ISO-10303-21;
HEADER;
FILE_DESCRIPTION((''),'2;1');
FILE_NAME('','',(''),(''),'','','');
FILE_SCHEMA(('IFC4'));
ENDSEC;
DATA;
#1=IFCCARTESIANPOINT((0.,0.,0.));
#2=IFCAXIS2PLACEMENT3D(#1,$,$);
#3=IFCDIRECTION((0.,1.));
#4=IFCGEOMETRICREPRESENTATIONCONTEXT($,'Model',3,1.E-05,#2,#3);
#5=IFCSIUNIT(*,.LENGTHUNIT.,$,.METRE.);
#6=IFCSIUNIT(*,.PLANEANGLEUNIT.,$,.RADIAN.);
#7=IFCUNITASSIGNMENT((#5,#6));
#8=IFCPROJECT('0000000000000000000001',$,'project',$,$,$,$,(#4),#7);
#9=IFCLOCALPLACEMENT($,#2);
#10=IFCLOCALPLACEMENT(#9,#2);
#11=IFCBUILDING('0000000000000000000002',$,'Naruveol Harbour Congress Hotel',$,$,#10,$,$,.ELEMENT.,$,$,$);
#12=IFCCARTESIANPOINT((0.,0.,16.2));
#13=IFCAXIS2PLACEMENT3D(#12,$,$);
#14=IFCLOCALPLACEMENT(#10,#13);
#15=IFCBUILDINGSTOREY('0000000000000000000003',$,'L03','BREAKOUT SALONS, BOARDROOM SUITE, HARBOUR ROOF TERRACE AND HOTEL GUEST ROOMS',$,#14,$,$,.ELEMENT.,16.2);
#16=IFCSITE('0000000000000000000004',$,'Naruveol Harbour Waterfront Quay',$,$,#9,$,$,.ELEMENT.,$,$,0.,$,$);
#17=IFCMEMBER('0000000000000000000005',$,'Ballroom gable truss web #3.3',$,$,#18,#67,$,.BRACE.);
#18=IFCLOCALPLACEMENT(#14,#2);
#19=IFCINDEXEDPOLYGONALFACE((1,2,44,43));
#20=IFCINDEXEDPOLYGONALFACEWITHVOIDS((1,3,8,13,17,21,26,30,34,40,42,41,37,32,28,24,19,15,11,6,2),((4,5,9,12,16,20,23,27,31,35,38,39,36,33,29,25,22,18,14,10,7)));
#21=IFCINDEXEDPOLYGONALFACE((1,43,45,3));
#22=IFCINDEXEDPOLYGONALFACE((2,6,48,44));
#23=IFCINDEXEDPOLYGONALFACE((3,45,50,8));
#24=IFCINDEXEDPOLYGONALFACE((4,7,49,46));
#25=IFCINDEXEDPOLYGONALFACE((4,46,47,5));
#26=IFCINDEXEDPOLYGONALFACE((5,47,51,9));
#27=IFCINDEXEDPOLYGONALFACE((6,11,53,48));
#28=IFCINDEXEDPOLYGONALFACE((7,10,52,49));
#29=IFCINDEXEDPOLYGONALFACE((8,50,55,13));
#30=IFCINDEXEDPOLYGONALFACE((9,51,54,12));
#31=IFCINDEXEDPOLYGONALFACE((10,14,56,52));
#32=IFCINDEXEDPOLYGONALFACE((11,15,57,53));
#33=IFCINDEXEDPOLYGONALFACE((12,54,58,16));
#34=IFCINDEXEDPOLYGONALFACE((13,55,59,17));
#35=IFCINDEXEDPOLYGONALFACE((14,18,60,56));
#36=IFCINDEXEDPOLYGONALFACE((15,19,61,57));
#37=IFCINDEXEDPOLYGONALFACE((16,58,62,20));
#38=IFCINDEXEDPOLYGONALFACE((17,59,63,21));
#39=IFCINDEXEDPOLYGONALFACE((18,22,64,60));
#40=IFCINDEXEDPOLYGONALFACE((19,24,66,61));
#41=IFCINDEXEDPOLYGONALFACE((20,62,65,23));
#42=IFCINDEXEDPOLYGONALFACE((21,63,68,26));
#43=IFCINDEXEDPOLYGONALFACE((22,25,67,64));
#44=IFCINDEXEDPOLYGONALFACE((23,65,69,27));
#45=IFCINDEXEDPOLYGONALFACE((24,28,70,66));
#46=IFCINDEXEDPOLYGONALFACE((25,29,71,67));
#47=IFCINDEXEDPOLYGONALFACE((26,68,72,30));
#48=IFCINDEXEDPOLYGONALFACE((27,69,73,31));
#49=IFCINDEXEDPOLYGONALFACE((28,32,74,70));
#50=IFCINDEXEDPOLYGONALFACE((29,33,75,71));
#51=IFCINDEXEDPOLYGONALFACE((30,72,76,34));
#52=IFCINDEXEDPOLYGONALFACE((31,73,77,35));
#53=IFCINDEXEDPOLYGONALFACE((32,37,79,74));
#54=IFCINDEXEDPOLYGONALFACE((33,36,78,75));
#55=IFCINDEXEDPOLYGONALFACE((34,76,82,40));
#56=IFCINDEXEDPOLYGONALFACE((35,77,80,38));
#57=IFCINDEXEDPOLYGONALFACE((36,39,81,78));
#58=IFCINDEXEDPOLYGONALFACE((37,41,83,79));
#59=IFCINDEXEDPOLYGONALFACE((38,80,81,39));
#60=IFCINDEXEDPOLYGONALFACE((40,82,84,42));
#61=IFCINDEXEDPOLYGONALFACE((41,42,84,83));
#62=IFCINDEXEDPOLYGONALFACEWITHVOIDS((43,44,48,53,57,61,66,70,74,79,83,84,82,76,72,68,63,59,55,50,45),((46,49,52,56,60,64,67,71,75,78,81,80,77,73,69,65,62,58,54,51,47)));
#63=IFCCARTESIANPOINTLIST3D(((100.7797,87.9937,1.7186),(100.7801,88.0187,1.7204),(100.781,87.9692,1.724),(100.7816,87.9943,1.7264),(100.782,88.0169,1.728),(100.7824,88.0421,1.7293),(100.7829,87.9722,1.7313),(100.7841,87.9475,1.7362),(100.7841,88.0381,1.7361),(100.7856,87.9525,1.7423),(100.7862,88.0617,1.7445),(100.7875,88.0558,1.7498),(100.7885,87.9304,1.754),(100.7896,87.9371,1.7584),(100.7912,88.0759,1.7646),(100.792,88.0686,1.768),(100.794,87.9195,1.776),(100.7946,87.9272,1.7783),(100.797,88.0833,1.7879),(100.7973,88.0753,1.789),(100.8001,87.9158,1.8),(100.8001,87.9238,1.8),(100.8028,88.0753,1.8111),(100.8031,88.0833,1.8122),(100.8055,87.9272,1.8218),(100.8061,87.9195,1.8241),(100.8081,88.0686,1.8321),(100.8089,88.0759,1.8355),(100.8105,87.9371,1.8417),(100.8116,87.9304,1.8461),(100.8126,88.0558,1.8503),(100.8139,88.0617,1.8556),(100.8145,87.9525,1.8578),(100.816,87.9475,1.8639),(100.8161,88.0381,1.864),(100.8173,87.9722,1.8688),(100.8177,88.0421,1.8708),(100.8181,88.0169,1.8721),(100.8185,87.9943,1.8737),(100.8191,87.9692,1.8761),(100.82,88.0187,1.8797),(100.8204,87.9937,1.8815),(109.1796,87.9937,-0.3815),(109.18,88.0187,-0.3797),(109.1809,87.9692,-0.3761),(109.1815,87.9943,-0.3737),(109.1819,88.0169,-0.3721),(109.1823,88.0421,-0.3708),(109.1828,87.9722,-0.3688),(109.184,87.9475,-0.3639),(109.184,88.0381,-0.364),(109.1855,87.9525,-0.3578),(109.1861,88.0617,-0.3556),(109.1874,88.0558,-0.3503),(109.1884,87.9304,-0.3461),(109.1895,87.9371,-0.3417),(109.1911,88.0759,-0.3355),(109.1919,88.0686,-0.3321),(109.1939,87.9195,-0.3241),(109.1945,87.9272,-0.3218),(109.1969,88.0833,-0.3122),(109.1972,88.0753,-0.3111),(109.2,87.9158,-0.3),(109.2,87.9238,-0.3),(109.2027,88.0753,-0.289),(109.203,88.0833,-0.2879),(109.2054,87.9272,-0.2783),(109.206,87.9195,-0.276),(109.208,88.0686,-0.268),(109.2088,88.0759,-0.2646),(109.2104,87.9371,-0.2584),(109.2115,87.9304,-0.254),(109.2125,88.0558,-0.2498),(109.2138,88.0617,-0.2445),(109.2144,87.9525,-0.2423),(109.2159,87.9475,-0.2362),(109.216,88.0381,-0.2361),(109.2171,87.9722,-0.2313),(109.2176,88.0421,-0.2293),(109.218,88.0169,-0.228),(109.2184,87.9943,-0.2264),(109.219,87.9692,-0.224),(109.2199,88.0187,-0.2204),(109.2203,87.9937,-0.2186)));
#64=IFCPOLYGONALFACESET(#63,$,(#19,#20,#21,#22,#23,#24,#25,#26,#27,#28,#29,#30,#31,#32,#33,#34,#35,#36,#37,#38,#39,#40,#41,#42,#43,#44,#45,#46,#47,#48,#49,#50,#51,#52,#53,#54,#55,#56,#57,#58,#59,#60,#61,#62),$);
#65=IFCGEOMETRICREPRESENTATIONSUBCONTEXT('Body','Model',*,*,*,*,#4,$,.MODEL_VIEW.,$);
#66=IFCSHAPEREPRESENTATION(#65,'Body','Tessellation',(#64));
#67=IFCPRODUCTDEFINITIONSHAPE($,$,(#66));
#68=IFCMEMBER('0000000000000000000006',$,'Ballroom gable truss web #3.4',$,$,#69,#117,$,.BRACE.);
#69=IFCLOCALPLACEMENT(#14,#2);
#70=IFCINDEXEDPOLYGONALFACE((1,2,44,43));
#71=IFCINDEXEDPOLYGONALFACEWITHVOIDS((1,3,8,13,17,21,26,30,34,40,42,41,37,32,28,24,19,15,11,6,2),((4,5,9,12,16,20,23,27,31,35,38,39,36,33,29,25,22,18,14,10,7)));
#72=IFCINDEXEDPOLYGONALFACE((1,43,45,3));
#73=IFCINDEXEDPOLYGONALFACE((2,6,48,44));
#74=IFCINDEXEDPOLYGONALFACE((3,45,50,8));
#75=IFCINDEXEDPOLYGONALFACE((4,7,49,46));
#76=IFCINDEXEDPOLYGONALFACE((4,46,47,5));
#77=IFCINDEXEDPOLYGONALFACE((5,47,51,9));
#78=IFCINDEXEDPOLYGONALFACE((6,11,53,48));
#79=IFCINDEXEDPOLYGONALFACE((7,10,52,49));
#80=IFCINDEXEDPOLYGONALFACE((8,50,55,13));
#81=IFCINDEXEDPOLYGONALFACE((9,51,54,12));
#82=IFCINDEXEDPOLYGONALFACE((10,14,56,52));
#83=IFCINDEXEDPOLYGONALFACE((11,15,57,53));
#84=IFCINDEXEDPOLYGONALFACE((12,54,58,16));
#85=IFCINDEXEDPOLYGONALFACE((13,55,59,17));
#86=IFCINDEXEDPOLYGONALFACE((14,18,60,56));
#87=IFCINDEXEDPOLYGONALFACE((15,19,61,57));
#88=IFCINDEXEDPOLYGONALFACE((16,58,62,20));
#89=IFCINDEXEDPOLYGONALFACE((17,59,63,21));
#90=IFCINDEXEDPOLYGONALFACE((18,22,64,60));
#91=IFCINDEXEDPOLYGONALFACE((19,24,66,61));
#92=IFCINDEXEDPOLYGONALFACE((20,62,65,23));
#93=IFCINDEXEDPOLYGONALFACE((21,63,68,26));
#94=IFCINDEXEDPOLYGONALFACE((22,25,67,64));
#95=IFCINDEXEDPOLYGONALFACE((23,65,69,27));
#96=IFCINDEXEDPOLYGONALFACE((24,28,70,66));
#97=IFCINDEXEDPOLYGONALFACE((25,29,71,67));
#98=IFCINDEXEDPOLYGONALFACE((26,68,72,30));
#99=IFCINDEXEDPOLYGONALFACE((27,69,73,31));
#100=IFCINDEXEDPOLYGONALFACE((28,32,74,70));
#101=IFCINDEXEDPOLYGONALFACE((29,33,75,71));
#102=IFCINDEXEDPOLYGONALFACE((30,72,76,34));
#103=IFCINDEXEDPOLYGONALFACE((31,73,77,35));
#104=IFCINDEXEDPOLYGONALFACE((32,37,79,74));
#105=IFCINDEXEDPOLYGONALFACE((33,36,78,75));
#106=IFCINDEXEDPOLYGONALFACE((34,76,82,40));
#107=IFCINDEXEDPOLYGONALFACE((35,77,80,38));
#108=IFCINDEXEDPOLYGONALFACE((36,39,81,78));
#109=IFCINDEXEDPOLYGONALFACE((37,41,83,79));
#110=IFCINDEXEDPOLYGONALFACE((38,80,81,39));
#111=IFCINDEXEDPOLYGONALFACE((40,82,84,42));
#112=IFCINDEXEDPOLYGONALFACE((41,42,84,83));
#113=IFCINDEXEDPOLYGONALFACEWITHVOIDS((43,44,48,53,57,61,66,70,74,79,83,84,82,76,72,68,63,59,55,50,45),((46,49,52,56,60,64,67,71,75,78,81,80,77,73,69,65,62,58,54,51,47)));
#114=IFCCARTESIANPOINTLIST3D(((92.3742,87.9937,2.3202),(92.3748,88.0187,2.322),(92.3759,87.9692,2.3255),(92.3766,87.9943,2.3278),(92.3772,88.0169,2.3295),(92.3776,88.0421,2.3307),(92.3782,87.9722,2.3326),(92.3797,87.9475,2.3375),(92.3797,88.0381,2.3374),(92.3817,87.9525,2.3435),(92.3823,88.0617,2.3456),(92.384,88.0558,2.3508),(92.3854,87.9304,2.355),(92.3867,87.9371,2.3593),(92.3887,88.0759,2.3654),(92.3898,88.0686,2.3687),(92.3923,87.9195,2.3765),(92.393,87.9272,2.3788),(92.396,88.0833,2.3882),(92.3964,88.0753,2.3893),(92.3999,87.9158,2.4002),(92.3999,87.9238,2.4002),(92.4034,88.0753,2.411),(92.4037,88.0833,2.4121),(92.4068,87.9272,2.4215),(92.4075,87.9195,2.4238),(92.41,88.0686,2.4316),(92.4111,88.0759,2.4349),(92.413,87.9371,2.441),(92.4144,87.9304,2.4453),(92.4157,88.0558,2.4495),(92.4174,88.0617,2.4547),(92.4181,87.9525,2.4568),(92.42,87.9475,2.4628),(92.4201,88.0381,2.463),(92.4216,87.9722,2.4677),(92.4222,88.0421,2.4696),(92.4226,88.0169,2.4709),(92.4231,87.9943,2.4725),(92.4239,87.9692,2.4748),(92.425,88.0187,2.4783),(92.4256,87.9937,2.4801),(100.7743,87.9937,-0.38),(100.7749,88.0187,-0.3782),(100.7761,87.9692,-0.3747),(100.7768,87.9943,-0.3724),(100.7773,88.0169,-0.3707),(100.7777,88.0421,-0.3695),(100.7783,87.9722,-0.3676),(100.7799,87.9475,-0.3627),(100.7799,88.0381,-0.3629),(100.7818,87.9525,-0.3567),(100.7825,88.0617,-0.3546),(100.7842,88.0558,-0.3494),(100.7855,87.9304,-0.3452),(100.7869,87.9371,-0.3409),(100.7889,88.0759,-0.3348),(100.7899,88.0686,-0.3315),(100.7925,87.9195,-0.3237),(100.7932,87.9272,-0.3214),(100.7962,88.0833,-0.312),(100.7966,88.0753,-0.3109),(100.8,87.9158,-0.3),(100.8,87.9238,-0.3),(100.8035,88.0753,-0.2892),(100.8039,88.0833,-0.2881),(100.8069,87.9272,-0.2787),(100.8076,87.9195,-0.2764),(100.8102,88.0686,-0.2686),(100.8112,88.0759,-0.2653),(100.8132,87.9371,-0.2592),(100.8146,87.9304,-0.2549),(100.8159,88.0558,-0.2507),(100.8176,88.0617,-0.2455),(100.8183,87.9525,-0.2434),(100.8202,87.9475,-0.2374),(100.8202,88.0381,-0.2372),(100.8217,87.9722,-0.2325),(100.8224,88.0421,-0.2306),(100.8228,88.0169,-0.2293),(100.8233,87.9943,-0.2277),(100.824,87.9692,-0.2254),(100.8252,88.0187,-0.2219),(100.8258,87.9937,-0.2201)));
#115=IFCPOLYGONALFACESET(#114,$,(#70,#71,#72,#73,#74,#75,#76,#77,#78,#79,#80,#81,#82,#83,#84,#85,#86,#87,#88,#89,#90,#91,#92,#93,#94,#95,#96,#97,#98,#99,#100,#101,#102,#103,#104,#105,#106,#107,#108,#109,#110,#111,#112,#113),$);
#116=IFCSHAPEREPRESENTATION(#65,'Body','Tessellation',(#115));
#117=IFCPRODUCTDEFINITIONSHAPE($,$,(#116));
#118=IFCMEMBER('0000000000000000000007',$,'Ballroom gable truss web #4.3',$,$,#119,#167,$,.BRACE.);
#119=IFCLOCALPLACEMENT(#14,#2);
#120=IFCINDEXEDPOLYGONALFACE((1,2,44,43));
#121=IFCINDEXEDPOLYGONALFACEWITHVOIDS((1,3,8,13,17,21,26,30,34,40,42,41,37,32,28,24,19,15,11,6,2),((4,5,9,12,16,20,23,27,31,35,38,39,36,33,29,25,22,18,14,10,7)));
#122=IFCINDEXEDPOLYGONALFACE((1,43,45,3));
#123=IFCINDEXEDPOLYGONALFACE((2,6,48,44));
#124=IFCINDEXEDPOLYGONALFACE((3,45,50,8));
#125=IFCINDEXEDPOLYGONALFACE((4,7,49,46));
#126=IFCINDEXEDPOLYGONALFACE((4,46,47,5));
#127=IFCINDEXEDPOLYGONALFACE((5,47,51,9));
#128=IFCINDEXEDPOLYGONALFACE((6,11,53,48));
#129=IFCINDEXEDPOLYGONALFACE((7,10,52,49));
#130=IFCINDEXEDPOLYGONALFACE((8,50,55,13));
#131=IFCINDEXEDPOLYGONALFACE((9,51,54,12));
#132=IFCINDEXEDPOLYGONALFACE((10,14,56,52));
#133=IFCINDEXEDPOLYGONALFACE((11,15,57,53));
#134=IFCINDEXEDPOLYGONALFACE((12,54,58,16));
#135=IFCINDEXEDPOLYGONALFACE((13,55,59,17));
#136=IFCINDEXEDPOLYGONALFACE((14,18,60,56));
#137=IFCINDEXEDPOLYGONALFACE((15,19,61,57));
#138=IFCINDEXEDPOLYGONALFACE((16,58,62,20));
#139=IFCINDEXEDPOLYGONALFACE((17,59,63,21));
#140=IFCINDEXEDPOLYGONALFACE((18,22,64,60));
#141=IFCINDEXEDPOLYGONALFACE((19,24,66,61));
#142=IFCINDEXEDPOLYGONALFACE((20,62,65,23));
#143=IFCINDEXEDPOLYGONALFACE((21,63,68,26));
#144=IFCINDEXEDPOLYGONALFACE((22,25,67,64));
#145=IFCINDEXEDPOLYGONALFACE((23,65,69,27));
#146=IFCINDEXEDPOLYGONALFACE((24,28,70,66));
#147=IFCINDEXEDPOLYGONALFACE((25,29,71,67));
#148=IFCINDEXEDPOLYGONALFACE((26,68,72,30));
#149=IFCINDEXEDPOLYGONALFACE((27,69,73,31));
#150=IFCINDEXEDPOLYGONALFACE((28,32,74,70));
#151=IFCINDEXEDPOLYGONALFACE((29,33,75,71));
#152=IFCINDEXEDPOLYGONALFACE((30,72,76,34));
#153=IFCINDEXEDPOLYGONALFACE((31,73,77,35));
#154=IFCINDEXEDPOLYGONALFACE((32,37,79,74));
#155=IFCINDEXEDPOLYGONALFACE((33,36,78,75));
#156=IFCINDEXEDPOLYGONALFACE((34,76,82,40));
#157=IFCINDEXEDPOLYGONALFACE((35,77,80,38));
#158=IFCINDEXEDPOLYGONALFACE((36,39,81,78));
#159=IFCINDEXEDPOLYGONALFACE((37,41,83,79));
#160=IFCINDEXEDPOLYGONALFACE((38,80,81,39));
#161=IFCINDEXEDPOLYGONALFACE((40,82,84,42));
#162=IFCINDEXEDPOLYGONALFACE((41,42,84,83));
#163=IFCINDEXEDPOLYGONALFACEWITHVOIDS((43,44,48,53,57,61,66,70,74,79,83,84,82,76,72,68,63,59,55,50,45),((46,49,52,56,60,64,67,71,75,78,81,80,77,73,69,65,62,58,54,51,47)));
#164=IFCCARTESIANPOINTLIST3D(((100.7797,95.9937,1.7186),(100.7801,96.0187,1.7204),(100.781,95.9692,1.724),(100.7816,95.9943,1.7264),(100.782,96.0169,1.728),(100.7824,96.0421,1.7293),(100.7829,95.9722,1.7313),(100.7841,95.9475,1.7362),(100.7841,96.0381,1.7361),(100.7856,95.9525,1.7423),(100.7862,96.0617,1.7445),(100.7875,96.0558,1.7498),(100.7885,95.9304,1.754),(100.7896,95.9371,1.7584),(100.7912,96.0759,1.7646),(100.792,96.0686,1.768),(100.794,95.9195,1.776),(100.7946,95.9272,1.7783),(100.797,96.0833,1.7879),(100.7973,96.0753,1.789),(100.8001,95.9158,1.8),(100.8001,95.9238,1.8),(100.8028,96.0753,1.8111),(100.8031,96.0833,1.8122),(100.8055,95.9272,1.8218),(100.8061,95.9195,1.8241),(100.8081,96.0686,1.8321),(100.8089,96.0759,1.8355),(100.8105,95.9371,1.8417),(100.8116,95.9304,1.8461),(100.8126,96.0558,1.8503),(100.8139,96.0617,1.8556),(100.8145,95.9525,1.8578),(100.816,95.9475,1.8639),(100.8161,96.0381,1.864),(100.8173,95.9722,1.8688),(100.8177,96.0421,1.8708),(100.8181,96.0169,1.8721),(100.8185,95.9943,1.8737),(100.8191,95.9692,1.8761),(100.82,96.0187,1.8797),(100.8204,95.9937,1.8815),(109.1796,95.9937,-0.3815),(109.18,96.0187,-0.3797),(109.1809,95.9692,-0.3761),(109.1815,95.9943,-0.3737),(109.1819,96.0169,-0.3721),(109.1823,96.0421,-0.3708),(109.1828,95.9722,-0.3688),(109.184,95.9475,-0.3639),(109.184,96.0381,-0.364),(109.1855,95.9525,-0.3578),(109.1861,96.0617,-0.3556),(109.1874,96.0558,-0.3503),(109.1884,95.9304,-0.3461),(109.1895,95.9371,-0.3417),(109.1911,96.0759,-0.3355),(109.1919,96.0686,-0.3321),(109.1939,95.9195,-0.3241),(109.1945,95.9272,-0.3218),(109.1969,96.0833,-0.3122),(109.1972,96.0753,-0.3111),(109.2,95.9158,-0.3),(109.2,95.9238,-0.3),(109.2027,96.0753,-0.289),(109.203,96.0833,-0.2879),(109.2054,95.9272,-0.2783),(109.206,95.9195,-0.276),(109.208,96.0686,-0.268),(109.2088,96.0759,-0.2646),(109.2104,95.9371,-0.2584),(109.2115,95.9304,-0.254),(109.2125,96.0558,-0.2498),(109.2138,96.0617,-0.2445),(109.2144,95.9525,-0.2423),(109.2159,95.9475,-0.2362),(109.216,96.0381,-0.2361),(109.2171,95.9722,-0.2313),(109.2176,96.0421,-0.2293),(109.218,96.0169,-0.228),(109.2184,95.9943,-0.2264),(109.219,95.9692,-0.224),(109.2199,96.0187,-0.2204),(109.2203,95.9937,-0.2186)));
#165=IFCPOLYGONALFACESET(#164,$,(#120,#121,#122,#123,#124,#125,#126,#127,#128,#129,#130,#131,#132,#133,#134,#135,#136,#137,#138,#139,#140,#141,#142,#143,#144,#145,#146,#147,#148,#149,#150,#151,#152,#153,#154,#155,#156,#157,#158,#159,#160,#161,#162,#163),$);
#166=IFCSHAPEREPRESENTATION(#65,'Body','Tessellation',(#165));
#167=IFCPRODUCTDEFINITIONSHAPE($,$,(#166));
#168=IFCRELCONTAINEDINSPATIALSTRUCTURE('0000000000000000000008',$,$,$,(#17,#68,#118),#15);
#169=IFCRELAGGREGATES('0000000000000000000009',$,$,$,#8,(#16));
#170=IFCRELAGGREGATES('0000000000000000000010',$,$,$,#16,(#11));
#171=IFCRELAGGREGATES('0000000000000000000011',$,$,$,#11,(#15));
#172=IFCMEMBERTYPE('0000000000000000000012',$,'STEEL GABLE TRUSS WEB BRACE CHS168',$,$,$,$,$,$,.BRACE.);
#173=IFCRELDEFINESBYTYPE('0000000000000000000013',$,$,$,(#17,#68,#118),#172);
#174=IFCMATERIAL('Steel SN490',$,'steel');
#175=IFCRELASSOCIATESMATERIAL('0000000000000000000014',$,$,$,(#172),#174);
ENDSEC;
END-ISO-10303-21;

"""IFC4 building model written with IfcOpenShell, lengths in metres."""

from ifc_helpers import new_model, si_unit, direction, frame, origin, origin_2d, place, context, subcontext, project, spatial, hollow_circle, extrude, material, material_profile, profile_set, type_object, element, save


model = new_model("IFC4")

# Units and contexts
model_context = context("Model", 3, precision=1e-05, world=origin(), true_north=direction((0.0, 1.0)))
body_context = subcontext(model_context, "Body", "Model", "MODEL_VIEW")
ifc_project = project(units=[si_unit("LENGTHUNIT", "METRE"), si_unit("PLANEANGLEUNIT", "RADIAN")], contexts=[model_context])

# Site, building, storey
site_placement = place(None, origin())
site = spatial("IfcSite", under=ifc_project, at=site_placement, Name="Naruveol Harbour Waterfront Quay", CompositionType="ELEMENT", RefElevation=0.0)
building_placement = place(site_placement, origin())
building = spatial("IfcBuilding", under=site, at=building_placement, Name="Naruveol Harbour Congress Hotel", CompositionType="ELEMENT")
storey_placement = place(building_placement, frame((0.0, 0.0, 16.2)))
storey = spatial("IfcBuildingStorey", under=building, at=storey_placement, Name="L03", Description="BREAKOUT SALONS, BOARDROOM SUITE, HARBOUR ROOF TERRACE AND HOTEL GUEST ROOMS", CompositionType="ELEMENT", Elevation=16.2)

# Members
ifc_material_1 = material(Name="Steel SN490", Category="steel")
ifc_material_profile_1 = material_profile(ifc_material_1, hollow_circle(Radius=0.0842, WallThickness=0.0081, at=origin_2d()), Name="CHS-168.3x8")
ifc_profile_set_1 = profile_set([ifc_material_profile_1], Name="Steel SN490")
member_type_1 = type_object("IfcMemberType", Name="STEEL GABLE TRUSS WEB BRACE CHS168", PredefinedType="BRACE", material=ifc_profile_set_1)
member_1_placement = place(storey_placement, frame((109.2, 88.0, -0.3), z_axis=(-0.970139, 0.0, 0.242549), x_axis=(0.0, -1.0, 0.0)))
element("IfcMember", 1, at=member_1_placement, inside=storey, type_object=member_type_1, Name="Ballroom gable truss web #3.3", PredefinedType="BRACE", context=body_context, shape_type="SweptSolid", body=[
    extrude(hollow_circle(Radius=0.0842, WallThickness=0.0081, at=origin_2d()), origin(), (0.0, 0.0, 1.0), 8.6584),
])
member_2_placement = place(storey_placement, frame((100.8, 88.0, -0.3), z_axis=(-0.952024, 0.0, 0.306024), x_axis=(0.0, -1.0, 0.0)))
element("IfcMember", 2, at=member_2_placement, inside=storey, type_object=member_type_1, Name="Ballroom gable truss web #3.4", PredefinedType="BRACE", context=body_context, shape_type="SweptSolid", body=[
    extrude(hollow_circle(Radius=0.0842, WallThickness=0.0081, at=origin_2d()), origin(), (0.0, 0.0, 1.0), 8.8235),
])
member_3_placement = place(storey_placement, frame((109.2, 96.0, -0.3), z_axis=(-0.970139, 0.0, 0.242549), x_axis=(0.0, -1.0, 0.0)))
element("IfcMember", 3, at=member_3_placement, inside=storey, type_object=member_type_1, Name="Ballroom gable truss web #4.3", PredefinedType="BRACE", context=body_context, shape_type="SweptSolid", body=[
    extrude(hollow_circle(Radius=0.0842, WallThickness=0.0081, at=origin_2d()), origin(), (0.0, 0.0, 1.0), 8.6584),
])

save(model, "model.ifc")
